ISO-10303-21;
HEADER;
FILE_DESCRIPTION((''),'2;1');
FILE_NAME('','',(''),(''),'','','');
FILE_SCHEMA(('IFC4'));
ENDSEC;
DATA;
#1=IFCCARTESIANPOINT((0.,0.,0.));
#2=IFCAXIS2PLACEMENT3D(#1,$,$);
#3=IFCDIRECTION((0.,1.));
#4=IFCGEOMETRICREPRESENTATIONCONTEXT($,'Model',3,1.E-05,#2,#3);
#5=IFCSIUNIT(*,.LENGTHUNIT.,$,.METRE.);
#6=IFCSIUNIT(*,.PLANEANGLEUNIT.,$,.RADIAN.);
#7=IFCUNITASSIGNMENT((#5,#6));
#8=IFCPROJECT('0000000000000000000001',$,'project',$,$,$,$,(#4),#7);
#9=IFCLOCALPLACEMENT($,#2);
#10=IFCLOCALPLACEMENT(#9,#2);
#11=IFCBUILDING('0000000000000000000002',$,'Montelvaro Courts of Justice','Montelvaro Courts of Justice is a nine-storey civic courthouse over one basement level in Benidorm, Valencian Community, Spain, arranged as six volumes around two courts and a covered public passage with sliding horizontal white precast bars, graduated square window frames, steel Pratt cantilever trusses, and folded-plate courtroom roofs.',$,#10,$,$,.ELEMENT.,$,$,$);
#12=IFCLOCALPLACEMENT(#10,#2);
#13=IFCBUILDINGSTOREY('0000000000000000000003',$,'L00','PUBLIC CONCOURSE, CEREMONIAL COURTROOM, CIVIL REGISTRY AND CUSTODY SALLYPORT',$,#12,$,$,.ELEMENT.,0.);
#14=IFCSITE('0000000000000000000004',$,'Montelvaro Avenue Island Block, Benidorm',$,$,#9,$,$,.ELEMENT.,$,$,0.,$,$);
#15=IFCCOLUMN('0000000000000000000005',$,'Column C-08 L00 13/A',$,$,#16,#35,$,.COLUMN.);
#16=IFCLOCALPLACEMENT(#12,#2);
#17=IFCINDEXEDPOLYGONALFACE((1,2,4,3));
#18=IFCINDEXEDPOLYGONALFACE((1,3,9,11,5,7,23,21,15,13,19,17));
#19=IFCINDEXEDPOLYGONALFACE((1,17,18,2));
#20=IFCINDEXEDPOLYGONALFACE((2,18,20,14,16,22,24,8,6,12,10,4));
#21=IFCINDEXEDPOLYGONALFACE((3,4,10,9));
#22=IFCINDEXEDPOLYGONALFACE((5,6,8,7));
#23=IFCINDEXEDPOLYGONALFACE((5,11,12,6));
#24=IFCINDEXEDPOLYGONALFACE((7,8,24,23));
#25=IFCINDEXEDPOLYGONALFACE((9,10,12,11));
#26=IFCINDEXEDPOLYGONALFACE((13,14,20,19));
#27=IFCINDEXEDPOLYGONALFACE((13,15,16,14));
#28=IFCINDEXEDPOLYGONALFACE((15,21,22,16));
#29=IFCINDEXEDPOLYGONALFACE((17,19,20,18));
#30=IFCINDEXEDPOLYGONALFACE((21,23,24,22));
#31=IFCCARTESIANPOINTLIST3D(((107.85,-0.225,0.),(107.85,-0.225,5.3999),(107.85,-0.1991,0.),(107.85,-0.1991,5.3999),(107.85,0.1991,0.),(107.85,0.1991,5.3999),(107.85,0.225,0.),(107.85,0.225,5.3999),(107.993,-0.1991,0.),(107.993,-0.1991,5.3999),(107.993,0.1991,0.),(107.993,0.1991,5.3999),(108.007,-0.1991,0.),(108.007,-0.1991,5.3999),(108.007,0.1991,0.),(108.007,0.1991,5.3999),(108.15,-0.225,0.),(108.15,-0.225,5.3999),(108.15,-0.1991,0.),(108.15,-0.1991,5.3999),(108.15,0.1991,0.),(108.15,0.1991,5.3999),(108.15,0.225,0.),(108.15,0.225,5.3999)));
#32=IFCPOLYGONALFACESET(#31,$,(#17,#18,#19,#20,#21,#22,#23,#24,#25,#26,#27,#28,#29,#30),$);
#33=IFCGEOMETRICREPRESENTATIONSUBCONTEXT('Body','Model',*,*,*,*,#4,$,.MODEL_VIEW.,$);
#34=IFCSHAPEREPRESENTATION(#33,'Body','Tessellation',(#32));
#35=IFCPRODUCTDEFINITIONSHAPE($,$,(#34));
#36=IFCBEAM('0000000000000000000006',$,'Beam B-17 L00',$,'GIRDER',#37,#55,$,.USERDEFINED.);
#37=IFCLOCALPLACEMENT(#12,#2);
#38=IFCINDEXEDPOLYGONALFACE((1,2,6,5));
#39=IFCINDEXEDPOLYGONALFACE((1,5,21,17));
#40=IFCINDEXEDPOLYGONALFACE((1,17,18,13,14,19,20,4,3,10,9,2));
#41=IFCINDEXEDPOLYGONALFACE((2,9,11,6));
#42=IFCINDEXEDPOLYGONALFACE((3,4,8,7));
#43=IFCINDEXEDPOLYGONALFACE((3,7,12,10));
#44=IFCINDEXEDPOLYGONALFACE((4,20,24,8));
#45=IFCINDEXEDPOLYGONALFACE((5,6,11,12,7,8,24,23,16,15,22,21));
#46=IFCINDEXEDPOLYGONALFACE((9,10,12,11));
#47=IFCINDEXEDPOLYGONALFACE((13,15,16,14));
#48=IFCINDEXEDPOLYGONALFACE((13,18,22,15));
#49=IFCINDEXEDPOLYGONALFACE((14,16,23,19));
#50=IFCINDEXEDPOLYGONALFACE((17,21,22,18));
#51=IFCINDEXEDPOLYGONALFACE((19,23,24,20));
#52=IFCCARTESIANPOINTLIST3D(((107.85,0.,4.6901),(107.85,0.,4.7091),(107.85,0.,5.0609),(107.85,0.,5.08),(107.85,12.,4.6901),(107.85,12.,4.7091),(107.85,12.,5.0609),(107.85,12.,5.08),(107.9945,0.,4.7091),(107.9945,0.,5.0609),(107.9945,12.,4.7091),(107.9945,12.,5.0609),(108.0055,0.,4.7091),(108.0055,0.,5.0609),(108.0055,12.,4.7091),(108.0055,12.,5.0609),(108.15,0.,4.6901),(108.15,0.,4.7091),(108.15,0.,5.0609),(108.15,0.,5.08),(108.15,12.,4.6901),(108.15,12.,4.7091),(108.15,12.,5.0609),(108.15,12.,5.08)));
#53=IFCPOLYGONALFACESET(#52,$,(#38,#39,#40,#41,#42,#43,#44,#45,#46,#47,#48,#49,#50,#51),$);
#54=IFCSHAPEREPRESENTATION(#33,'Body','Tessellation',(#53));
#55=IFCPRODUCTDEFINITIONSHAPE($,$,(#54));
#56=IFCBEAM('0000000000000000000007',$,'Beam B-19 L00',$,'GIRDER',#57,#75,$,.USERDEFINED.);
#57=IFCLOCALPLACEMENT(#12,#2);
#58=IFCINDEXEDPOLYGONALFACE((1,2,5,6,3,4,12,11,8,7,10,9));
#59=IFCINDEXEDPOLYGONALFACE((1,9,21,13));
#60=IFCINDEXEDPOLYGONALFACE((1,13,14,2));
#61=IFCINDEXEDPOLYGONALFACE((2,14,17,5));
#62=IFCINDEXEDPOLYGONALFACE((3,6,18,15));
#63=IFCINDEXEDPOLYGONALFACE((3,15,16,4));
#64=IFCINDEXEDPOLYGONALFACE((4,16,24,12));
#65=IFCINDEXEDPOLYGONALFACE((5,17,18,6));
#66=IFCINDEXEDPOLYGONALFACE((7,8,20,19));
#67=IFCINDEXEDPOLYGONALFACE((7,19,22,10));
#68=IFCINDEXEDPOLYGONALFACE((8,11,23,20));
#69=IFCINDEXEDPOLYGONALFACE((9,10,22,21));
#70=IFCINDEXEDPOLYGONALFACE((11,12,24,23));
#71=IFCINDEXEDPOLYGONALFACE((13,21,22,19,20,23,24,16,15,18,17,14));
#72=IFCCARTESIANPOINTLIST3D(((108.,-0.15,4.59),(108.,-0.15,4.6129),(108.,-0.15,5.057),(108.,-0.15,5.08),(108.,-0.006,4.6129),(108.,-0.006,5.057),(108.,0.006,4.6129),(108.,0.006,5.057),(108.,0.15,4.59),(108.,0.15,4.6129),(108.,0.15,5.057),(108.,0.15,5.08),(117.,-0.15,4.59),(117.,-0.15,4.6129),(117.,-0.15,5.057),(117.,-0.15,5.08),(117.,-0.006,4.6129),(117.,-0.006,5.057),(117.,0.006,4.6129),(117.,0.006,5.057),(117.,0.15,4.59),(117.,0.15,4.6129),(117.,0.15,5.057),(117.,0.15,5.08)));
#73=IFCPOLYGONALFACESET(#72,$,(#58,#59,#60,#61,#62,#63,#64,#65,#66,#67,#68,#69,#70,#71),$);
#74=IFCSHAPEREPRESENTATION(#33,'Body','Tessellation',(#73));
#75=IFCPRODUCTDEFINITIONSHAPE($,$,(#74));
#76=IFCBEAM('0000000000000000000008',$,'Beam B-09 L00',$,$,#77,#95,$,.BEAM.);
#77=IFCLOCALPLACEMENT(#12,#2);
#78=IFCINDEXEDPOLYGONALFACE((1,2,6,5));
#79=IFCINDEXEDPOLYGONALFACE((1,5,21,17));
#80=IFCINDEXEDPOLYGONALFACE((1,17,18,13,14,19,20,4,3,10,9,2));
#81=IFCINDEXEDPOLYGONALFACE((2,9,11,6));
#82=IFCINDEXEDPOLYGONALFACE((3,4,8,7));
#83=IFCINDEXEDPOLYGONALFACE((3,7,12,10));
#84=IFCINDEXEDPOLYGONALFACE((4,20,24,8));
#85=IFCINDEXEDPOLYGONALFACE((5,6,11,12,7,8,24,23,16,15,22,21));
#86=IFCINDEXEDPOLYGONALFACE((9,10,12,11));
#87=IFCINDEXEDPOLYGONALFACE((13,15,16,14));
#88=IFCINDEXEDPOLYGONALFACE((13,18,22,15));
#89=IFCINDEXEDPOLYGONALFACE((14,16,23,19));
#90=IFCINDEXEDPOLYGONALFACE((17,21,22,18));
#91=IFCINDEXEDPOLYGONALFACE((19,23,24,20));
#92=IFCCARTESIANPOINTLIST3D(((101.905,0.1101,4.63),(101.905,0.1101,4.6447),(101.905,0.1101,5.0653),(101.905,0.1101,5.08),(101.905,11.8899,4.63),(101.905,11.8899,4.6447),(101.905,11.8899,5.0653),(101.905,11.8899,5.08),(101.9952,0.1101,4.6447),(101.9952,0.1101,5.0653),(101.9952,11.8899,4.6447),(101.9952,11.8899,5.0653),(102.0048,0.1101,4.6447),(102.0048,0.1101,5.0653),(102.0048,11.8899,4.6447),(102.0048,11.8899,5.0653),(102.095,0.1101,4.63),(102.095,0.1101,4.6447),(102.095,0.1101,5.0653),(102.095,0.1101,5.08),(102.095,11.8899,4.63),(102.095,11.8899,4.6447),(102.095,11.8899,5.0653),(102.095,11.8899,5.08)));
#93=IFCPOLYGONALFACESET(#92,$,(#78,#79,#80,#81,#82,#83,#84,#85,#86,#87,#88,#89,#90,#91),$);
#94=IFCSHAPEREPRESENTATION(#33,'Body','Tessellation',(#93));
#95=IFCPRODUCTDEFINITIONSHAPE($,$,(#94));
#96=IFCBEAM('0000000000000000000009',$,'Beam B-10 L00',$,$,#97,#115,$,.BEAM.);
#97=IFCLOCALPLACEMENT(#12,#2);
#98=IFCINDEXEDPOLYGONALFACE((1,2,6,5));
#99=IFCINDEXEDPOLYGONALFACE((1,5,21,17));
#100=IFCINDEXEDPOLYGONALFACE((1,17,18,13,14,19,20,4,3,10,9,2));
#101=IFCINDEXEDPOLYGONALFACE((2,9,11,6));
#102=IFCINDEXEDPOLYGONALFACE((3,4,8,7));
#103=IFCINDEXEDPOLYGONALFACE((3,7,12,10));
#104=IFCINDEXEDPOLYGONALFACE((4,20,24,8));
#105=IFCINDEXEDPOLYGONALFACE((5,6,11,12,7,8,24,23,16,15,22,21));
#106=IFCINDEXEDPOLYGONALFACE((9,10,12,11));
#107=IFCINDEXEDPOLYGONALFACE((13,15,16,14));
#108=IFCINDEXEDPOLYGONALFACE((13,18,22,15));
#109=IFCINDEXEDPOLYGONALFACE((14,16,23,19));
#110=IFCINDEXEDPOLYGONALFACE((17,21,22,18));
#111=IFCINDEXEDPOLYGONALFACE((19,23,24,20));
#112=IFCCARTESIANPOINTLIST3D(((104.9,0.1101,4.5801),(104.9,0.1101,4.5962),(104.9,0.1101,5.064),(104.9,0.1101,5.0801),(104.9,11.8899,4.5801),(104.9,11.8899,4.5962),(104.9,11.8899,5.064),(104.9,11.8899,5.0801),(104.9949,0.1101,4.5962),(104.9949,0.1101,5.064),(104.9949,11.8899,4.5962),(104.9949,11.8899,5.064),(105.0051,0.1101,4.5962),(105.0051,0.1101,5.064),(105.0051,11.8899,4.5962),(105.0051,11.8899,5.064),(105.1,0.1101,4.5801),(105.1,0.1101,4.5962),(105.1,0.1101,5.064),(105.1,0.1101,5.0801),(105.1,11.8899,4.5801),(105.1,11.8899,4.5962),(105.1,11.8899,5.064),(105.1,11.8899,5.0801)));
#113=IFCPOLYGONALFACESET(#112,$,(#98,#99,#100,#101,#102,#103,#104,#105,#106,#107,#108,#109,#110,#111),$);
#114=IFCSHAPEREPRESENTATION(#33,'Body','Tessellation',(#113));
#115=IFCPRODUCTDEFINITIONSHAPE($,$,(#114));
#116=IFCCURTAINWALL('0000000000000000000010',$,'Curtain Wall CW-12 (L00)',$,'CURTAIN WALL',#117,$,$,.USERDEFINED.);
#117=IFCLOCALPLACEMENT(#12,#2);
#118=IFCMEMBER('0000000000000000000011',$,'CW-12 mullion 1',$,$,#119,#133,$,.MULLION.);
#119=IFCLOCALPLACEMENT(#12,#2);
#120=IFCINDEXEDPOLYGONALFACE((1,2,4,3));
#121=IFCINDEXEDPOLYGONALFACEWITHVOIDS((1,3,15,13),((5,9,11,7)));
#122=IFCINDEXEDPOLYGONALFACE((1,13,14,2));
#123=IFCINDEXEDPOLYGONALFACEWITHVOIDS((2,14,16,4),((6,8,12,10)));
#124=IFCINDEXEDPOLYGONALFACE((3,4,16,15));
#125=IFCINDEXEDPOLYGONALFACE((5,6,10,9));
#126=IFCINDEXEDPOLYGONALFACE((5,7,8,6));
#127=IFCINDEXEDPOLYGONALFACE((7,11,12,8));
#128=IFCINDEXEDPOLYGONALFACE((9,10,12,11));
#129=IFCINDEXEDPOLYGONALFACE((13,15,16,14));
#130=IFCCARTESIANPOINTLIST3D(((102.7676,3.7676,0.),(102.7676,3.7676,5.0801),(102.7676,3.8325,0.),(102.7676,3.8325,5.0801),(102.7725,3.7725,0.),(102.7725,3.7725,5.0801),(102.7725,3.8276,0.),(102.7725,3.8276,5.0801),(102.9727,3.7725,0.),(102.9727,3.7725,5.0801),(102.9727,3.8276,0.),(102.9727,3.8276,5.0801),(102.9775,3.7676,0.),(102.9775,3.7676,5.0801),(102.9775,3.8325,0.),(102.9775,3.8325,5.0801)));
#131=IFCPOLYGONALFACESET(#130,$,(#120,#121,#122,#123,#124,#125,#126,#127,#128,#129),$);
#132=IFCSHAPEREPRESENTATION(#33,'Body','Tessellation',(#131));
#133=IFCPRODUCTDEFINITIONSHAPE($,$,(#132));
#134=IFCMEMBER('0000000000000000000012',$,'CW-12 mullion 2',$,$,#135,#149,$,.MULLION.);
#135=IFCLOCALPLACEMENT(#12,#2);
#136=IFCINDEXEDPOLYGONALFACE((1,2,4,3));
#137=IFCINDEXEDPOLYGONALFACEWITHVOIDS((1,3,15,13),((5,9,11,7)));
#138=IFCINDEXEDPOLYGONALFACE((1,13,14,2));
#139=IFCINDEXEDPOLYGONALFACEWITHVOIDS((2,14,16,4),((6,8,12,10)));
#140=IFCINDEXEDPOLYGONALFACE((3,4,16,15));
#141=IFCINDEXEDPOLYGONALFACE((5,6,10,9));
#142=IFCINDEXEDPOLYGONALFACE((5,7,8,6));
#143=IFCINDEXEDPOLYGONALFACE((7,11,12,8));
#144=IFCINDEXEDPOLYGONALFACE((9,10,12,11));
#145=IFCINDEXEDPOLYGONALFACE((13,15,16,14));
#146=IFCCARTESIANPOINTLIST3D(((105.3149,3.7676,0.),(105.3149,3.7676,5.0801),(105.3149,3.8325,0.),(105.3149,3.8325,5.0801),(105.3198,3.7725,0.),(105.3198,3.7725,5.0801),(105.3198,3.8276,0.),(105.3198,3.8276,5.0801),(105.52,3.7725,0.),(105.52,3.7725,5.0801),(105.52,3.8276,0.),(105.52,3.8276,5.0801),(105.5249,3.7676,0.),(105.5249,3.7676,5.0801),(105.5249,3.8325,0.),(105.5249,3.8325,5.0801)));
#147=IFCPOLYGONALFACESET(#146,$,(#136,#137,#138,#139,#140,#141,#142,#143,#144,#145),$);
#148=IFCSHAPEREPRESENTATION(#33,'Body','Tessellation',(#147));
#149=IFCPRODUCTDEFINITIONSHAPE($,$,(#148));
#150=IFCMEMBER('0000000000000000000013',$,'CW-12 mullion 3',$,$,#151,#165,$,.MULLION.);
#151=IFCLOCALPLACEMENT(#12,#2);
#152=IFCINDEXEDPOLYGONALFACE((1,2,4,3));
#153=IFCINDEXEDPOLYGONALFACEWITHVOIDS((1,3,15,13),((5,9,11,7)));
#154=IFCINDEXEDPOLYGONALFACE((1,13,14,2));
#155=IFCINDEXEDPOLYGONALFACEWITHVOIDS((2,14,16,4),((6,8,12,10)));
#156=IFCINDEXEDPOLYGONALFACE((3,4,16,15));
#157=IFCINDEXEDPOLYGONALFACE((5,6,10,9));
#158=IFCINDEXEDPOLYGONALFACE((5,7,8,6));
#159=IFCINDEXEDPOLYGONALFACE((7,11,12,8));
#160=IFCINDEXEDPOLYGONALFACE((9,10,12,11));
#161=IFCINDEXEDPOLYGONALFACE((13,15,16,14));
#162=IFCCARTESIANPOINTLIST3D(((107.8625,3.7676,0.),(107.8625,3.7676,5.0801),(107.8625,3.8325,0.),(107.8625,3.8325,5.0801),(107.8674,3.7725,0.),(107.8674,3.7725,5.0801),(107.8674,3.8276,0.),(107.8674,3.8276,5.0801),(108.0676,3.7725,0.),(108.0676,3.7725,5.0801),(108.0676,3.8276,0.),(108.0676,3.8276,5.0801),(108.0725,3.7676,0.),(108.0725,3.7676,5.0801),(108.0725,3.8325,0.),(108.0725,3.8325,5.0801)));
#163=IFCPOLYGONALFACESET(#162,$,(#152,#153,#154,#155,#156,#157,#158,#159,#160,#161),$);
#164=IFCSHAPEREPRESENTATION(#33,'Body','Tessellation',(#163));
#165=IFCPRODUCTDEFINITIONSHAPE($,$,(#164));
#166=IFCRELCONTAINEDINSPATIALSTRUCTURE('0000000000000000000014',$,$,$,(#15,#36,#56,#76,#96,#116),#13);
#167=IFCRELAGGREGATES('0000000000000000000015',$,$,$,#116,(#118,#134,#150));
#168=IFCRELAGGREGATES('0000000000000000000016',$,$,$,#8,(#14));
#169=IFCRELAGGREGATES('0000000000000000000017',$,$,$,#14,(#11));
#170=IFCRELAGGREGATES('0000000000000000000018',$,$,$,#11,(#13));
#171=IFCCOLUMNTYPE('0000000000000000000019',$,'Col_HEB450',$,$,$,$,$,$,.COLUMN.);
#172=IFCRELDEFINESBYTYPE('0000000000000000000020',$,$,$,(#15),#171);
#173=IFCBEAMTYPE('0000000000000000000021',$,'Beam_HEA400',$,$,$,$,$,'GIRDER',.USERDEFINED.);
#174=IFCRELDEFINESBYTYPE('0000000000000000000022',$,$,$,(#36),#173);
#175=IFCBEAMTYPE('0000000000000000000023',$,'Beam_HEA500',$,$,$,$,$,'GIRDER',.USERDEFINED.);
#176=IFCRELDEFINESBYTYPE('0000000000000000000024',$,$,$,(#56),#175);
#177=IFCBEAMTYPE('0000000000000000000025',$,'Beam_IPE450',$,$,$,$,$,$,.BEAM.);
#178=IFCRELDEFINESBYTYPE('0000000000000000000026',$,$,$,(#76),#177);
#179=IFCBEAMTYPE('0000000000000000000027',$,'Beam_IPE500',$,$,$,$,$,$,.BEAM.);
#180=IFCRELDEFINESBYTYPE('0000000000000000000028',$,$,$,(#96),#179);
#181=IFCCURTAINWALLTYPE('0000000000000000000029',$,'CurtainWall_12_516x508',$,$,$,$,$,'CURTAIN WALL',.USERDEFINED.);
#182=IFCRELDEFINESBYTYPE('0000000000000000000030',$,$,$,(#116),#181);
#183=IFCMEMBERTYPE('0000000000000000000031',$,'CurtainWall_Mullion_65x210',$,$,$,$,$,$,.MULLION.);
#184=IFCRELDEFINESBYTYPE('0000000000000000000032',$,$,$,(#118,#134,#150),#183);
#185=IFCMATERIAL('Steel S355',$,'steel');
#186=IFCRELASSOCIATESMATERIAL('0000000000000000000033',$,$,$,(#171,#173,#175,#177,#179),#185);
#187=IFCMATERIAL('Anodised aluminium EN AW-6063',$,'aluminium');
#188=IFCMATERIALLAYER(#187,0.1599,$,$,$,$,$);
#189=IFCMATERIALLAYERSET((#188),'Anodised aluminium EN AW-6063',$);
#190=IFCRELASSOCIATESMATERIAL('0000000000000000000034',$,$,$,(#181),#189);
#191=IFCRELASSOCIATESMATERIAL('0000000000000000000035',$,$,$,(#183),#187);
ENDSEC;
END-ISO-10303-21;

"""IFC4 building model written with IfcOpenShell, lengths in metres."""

from ifc_helpers import new_model, si_unit, direction, frame, origin, origin_2d, place, context, subcontext, project, spatial, hollow_rectangle, i_section, extrude, material, layer, layer_set, material_profile, profile_set, type_object, element, aggregate, save


model = new_model("IFC4")

# Units and contexts
model_context = context("Model", 3, precision=1e-05, world=origin(), true_north=direction((0.0, 1.0)))
body_context = subcontext(model_context, "Body", "Model", "MODEL_VIEW")
ifc_project = project(units=[si_unit("LENGTHUNIT", "METRE"), si_unit("PLANEANGLEUNIT", "RADIAN")], contexts=[model_context])

# Site, building, storey
site_placement = place(None, origin())
site = spatial("IfcSite", under=ifc_project, at=site_placement, Name="Montelvaro Avenue Island Block, Benidorm", CompositionType="ELEMENT", RefElevation=0.0)
building_placement = place(site_placement, origin())
building = spatial("IfcBuilding", under=site, at=building_placement, Name="Montelvaro Courts of Justice", Description="Montelvaro Courts of Justice is a nine-storey civic courthouse over one basement level in Benidorm, Valencian Community, Spain, arranged as six volumes around two courts and a covered public passage with sliding horizontal white precast bars, graduated square window frames, steel Pratt cantilever trusses, and folded-plate courtroom roofs.", CompositionType="ELEMENT")
storey_placement = place(building_placement, origin())
storey = spatial("IfcBuildingStorey", under=building, at=storey_placement, Name="L00", Description="PUBLIC CONCOURSE, CEREMONIAL COURTROOM, CIVIL REGISTRY AND CUSTODY SALLYPORT", CompositionType="ELEMENT", Elevation=0.0)

# Column
ifc_material_1 = material(Name="Steel S355", Category="steel")
ifc_material_profile_1 = material_profile(ifc_material_1, i_section(OverallWidth=0.3, OverallDepth=0.45, WebThickness=0.0139, FlangeThickness=0.0259, at=origin_2d()), Name="HEB 450")
ifc_profile_set_1 = profile_set([ifc_material_profile_1], Name="Steel S355")
column_type = type_object("IfcColumnType", Name="Col_HEB450", PredefinedType="COLUMN", material=ifc_profile_set_1)
column_placement = place(storey_placement, frame((108.0, 0.0, 0.0), z_axis=(0.0, 0.0, 1.0), x_axis=(1.0, 0.0, 0.0)))
element("IfcColumn", 1, at=column_placement, inside=storey, type_object=column_type, Name="Column C-08 L00 13/A", PredefinedType="COLUMN", context=body_context, shape_type="SweptSolid", body=[
    extrude(i_section(OverallWidth=0.3, OverallDepth=0.45, WebThickness=0.0139, FlangeThickness=0.0259, at=origin_2d()), origin(), (0.0, 0.0, 1.0), 5.3999),
])

# Beams
ifc_material_profile_2 = material_profile(ifc_material_1, i_section(OverallWidth=0.3, OverallDepth=0.3899, WebThickness=0.011, FlangeThickness=0.019, at=origin_2d()), Name="HEA 400")
ifc_profile_set_2 = profile_set([ifc_material_profile_2], Name="Steel S355")
beam_type_1 = type_object("IfcBeamType", Name="Beam_HEA400", ElementType="GIRDER", PredefinedType="USERDEFINED", material=ifc_profile_set_2)
beam_1_placement = place(storey_placement, frame((108.0, 0.0, 4.885), z_axis=(0.0, 1.0, 0.0), x_axis=(-1.0, 0.0, 0.0)))
element("IfcBeam", 2, at=beam_1_placement, inside=storey, type_object=beam_type_1, Name="Beam B-17 L00", ObjectType="GIRDER", PredefinedType="USERDEFINED", context=body_context, shape_type="SweptSolid", body=[
    extrude(i_section(OverallWidth=0.3, OverallDepth=0.3899, WebThickness=0.011, FlangeThickness=0.019, at=origin_2d()), origin(), (0.0, 0.0, 1.0), 12.0),
])
ifc_material_profile_3 = material_profile(ifc_material_1, i_section(OverallWidth=0.3, OverallDepth=0.49, WebThickness=0.012, FlangeThickness=0.0229, at=origin_2d()), Name="HEA 500")
ifc_profile_set_3 = profile_set([ifc_material_profile_3], Name="Steel S355")
beam_type_2 = type_object("IfcBeamType", Name="Beam_HEA500", ElementType="GIRDER", PredefinedType="USERDEFINED", material=ifc_profile_set_3)
beam_2_placement = place(storey_placement, frame((108.0, 0.0, 4.835), z_axis=(1.0, 0.0, 0.0), x_axis=(0.0, 1.0, 0.0)))
element("IfcBeam", 3, at=beam_2_placement, inside=storey, type_object=beam_type_2, Name="Beam B-19 L00", ObjectType="GIRDER", PredefinedType="USERDEFINED", context=body_context, shape_type="SweptSolid", body=[
    extrude(i_section(OverallWidth=0.3, OverallDepth=0.49, WebThickness=0.012, FlangeThickness=0.0229, at=origin_2d()), origin(), (0.0, 0.0, 1.0), 9.0),
])
ifc_material_profile_4 = material_profile(ifc_material_1, i_section(OverallWidth=0.1899, OverallDepth=0.45, WebThickness=0.0095, FlangeThickness=0.0146, at=origin_2d()), Name="IPE 450")
ifc_profile_set_4 = profile_set([ifc_material_profile_4], Name="Steel S355")
beam_type_3 = type_object("IfcBeamType", Name="Beam_IPE450", PredefinedType="BEAM", material=ifc_profile_set_4)
beam_3_placement = place(storey_placement, frame((102.0, 0.1101, 4.855), z_axis=(0.0, 1.0, 0.0), x_axis=(-1.0, 0.0, 0.0)))
element("IfcBeam", 4, at=beam_3_placement, inside=storey, type_object=beam_type_3, Name="Beam B-09 L00", PredefinedType="BEAM", context=body_context, shape_type="SweptSolid", body=[
    extrude(i_section(OverallWidth=0.1899, OverallDepth=0.45, WebThickness=0.0095, FlangeThickness=0.0146, at=origin_2d()), origin(), (0.0, 0.0, 1.0), 11.7798),
])
ifc_material_profile_5 = material_profile(ifc_material_1, i_section(OverallWidth=0.2, OverallDepth=0.5, WebThickness=0.0103, FlangeThickness=0.0161, at=origin_2d()), Name="IPE 500")
ifc_profile_set_5 = profile_set([ifc_material_profile_5], Name="Steel S355")
beam_type_4 = type_object("IfcBeamType", Name="Beam_IPE500", PredefinedType="BEAM", material=ifc_profile_set_5)
beam_4_placement = place(storey_placement, frame((105.0, 0.1101, 4.8301), z_axis=(0.0, 1.0, 0.0), x_axis=(-1.0, 0.0, 0.0)))
element("IfcBeam", 5, at=beam_4_placement, inside=storey, type_object=beam_type_4, Name="Beam B-10 L00", PredefinedType="BEAM", context=body_context, shape_type="SweptSolid", body=[
    extrude(i_section(OverallWidth=0.2, OverallDepth=0.5, WebThickness=0.0103, FlangeThickness=0.0161, at=origin_2d()), origin(), (0.0, 0.0, 1.0), 11.7798),
])

# Curtain wall, members
ifc_material_2 = material(Name="Anodised aluminium EN AW-6063", Category="aluminium")
ifc_layer_1 = layer(ifc_material_2, 0.1599)
ifc_layer_set_1 = layer_set([ifc_layer_1], Name="Anodised aluminium EN AW-6063")
curtain_wall_type_1 = type_object("IfcCurtainWallType", Name="CurtainWall_12_516x508", ElementType="CURTAIN WALL", PredefinedType="USERDEFINED", material=ifc_layer_set_1)
curtain_wall_1_placement = place(storey_placement, origin())
curtain_wall_1 = element("IfcCurtainWall", 6, at=curtain_wall_1_placement, inside=storey, type_object=curtain_wall_type_1, Name="Curtain Wall CW-12 (L00)", ObjectType="CURTAIN WALL", PredefinedType="USERDEFINED")
ifc_material_profile_6 = material_profile(ifc_material_2, hollow_rectangle(XDim=0.0649, YDim=0.21, WallThickness=0.0049, at=origin_2d()), Name="ALU-M 65x210")
ifc_profile_set_6 = profile_set([ifc_material_profile_6], Name="Anodised aluminium EN AW-6063")
member_type_1 = type_object("IfcMemberType", Name="CurtainWall_Mullion_65x210", PredefinedType="MULLION", material=ifc_profile_set_6)
member_1_placement = place(storey_placement, frame((102.8726, 3.8, 0.0), z_axis=(0.0, 0.0, 1.0), x_axis=(0.0, 1.0, 0.0)))
member_1 = element("IfcMember", 7, at=member_1_placement, type_object=member_type_1, Name="CW-12 mullion 1", PredefinedType="MULLION", context=body_context, shape_type="SweptSolid", body=[
    extrude(hollow_rectangle(XDim=0.0649, YDim=0.21, WallThickness=0.0049, at=origin_2d()), origin(), (0.0, 0.0, 1.0), 5.0801),
])
member_2_placement = place(storey_placement, frame((105.4199, 3.8, 0.0), z_axis=(0.0, 0.0, 1.0), x_axis=(0.0, 1.0, 0.0)))
member_2 = element("IfcMember", 8, at=member_2_placement, type_object=member_type_1, Name="CW-12 mullion 2", PredefinedType="MULLION", context=body_context, shape_type="SweptSolid", body=[
    extrude(hollow_rectangle(XDim=0.0649, YDim=0.21, WallThickness=0.0049, at=origin_2d()), origin(), (0.0, 0.0, 1.0), 5.0801),
])
member_3_placement = place(storey_placement, frame((107.9675, 3.8, 0.0), z_axis=(0.0, 0.0, 1.0), x_axis=(0.0, 1.0, 0.0)))
member_3 = element("IfcMember", 9, at=member_3_placement, type_object=member_type_1, Name="CW-12 mullion 3", PredefinedType="MULLION", context=body_context, shape_type="SweptSolid", body=[
    extrude(hollow_rectangle(XDim=0.0649, YDim=0.21, WallThickness=0.0049, at=origin_2d()), origin(), (0.0, 0.0, 1.0), 5.0801),
])

aggregate(curtain_wall_1, [member_1, member_2, member_3])

save(model, "model.ifc")
